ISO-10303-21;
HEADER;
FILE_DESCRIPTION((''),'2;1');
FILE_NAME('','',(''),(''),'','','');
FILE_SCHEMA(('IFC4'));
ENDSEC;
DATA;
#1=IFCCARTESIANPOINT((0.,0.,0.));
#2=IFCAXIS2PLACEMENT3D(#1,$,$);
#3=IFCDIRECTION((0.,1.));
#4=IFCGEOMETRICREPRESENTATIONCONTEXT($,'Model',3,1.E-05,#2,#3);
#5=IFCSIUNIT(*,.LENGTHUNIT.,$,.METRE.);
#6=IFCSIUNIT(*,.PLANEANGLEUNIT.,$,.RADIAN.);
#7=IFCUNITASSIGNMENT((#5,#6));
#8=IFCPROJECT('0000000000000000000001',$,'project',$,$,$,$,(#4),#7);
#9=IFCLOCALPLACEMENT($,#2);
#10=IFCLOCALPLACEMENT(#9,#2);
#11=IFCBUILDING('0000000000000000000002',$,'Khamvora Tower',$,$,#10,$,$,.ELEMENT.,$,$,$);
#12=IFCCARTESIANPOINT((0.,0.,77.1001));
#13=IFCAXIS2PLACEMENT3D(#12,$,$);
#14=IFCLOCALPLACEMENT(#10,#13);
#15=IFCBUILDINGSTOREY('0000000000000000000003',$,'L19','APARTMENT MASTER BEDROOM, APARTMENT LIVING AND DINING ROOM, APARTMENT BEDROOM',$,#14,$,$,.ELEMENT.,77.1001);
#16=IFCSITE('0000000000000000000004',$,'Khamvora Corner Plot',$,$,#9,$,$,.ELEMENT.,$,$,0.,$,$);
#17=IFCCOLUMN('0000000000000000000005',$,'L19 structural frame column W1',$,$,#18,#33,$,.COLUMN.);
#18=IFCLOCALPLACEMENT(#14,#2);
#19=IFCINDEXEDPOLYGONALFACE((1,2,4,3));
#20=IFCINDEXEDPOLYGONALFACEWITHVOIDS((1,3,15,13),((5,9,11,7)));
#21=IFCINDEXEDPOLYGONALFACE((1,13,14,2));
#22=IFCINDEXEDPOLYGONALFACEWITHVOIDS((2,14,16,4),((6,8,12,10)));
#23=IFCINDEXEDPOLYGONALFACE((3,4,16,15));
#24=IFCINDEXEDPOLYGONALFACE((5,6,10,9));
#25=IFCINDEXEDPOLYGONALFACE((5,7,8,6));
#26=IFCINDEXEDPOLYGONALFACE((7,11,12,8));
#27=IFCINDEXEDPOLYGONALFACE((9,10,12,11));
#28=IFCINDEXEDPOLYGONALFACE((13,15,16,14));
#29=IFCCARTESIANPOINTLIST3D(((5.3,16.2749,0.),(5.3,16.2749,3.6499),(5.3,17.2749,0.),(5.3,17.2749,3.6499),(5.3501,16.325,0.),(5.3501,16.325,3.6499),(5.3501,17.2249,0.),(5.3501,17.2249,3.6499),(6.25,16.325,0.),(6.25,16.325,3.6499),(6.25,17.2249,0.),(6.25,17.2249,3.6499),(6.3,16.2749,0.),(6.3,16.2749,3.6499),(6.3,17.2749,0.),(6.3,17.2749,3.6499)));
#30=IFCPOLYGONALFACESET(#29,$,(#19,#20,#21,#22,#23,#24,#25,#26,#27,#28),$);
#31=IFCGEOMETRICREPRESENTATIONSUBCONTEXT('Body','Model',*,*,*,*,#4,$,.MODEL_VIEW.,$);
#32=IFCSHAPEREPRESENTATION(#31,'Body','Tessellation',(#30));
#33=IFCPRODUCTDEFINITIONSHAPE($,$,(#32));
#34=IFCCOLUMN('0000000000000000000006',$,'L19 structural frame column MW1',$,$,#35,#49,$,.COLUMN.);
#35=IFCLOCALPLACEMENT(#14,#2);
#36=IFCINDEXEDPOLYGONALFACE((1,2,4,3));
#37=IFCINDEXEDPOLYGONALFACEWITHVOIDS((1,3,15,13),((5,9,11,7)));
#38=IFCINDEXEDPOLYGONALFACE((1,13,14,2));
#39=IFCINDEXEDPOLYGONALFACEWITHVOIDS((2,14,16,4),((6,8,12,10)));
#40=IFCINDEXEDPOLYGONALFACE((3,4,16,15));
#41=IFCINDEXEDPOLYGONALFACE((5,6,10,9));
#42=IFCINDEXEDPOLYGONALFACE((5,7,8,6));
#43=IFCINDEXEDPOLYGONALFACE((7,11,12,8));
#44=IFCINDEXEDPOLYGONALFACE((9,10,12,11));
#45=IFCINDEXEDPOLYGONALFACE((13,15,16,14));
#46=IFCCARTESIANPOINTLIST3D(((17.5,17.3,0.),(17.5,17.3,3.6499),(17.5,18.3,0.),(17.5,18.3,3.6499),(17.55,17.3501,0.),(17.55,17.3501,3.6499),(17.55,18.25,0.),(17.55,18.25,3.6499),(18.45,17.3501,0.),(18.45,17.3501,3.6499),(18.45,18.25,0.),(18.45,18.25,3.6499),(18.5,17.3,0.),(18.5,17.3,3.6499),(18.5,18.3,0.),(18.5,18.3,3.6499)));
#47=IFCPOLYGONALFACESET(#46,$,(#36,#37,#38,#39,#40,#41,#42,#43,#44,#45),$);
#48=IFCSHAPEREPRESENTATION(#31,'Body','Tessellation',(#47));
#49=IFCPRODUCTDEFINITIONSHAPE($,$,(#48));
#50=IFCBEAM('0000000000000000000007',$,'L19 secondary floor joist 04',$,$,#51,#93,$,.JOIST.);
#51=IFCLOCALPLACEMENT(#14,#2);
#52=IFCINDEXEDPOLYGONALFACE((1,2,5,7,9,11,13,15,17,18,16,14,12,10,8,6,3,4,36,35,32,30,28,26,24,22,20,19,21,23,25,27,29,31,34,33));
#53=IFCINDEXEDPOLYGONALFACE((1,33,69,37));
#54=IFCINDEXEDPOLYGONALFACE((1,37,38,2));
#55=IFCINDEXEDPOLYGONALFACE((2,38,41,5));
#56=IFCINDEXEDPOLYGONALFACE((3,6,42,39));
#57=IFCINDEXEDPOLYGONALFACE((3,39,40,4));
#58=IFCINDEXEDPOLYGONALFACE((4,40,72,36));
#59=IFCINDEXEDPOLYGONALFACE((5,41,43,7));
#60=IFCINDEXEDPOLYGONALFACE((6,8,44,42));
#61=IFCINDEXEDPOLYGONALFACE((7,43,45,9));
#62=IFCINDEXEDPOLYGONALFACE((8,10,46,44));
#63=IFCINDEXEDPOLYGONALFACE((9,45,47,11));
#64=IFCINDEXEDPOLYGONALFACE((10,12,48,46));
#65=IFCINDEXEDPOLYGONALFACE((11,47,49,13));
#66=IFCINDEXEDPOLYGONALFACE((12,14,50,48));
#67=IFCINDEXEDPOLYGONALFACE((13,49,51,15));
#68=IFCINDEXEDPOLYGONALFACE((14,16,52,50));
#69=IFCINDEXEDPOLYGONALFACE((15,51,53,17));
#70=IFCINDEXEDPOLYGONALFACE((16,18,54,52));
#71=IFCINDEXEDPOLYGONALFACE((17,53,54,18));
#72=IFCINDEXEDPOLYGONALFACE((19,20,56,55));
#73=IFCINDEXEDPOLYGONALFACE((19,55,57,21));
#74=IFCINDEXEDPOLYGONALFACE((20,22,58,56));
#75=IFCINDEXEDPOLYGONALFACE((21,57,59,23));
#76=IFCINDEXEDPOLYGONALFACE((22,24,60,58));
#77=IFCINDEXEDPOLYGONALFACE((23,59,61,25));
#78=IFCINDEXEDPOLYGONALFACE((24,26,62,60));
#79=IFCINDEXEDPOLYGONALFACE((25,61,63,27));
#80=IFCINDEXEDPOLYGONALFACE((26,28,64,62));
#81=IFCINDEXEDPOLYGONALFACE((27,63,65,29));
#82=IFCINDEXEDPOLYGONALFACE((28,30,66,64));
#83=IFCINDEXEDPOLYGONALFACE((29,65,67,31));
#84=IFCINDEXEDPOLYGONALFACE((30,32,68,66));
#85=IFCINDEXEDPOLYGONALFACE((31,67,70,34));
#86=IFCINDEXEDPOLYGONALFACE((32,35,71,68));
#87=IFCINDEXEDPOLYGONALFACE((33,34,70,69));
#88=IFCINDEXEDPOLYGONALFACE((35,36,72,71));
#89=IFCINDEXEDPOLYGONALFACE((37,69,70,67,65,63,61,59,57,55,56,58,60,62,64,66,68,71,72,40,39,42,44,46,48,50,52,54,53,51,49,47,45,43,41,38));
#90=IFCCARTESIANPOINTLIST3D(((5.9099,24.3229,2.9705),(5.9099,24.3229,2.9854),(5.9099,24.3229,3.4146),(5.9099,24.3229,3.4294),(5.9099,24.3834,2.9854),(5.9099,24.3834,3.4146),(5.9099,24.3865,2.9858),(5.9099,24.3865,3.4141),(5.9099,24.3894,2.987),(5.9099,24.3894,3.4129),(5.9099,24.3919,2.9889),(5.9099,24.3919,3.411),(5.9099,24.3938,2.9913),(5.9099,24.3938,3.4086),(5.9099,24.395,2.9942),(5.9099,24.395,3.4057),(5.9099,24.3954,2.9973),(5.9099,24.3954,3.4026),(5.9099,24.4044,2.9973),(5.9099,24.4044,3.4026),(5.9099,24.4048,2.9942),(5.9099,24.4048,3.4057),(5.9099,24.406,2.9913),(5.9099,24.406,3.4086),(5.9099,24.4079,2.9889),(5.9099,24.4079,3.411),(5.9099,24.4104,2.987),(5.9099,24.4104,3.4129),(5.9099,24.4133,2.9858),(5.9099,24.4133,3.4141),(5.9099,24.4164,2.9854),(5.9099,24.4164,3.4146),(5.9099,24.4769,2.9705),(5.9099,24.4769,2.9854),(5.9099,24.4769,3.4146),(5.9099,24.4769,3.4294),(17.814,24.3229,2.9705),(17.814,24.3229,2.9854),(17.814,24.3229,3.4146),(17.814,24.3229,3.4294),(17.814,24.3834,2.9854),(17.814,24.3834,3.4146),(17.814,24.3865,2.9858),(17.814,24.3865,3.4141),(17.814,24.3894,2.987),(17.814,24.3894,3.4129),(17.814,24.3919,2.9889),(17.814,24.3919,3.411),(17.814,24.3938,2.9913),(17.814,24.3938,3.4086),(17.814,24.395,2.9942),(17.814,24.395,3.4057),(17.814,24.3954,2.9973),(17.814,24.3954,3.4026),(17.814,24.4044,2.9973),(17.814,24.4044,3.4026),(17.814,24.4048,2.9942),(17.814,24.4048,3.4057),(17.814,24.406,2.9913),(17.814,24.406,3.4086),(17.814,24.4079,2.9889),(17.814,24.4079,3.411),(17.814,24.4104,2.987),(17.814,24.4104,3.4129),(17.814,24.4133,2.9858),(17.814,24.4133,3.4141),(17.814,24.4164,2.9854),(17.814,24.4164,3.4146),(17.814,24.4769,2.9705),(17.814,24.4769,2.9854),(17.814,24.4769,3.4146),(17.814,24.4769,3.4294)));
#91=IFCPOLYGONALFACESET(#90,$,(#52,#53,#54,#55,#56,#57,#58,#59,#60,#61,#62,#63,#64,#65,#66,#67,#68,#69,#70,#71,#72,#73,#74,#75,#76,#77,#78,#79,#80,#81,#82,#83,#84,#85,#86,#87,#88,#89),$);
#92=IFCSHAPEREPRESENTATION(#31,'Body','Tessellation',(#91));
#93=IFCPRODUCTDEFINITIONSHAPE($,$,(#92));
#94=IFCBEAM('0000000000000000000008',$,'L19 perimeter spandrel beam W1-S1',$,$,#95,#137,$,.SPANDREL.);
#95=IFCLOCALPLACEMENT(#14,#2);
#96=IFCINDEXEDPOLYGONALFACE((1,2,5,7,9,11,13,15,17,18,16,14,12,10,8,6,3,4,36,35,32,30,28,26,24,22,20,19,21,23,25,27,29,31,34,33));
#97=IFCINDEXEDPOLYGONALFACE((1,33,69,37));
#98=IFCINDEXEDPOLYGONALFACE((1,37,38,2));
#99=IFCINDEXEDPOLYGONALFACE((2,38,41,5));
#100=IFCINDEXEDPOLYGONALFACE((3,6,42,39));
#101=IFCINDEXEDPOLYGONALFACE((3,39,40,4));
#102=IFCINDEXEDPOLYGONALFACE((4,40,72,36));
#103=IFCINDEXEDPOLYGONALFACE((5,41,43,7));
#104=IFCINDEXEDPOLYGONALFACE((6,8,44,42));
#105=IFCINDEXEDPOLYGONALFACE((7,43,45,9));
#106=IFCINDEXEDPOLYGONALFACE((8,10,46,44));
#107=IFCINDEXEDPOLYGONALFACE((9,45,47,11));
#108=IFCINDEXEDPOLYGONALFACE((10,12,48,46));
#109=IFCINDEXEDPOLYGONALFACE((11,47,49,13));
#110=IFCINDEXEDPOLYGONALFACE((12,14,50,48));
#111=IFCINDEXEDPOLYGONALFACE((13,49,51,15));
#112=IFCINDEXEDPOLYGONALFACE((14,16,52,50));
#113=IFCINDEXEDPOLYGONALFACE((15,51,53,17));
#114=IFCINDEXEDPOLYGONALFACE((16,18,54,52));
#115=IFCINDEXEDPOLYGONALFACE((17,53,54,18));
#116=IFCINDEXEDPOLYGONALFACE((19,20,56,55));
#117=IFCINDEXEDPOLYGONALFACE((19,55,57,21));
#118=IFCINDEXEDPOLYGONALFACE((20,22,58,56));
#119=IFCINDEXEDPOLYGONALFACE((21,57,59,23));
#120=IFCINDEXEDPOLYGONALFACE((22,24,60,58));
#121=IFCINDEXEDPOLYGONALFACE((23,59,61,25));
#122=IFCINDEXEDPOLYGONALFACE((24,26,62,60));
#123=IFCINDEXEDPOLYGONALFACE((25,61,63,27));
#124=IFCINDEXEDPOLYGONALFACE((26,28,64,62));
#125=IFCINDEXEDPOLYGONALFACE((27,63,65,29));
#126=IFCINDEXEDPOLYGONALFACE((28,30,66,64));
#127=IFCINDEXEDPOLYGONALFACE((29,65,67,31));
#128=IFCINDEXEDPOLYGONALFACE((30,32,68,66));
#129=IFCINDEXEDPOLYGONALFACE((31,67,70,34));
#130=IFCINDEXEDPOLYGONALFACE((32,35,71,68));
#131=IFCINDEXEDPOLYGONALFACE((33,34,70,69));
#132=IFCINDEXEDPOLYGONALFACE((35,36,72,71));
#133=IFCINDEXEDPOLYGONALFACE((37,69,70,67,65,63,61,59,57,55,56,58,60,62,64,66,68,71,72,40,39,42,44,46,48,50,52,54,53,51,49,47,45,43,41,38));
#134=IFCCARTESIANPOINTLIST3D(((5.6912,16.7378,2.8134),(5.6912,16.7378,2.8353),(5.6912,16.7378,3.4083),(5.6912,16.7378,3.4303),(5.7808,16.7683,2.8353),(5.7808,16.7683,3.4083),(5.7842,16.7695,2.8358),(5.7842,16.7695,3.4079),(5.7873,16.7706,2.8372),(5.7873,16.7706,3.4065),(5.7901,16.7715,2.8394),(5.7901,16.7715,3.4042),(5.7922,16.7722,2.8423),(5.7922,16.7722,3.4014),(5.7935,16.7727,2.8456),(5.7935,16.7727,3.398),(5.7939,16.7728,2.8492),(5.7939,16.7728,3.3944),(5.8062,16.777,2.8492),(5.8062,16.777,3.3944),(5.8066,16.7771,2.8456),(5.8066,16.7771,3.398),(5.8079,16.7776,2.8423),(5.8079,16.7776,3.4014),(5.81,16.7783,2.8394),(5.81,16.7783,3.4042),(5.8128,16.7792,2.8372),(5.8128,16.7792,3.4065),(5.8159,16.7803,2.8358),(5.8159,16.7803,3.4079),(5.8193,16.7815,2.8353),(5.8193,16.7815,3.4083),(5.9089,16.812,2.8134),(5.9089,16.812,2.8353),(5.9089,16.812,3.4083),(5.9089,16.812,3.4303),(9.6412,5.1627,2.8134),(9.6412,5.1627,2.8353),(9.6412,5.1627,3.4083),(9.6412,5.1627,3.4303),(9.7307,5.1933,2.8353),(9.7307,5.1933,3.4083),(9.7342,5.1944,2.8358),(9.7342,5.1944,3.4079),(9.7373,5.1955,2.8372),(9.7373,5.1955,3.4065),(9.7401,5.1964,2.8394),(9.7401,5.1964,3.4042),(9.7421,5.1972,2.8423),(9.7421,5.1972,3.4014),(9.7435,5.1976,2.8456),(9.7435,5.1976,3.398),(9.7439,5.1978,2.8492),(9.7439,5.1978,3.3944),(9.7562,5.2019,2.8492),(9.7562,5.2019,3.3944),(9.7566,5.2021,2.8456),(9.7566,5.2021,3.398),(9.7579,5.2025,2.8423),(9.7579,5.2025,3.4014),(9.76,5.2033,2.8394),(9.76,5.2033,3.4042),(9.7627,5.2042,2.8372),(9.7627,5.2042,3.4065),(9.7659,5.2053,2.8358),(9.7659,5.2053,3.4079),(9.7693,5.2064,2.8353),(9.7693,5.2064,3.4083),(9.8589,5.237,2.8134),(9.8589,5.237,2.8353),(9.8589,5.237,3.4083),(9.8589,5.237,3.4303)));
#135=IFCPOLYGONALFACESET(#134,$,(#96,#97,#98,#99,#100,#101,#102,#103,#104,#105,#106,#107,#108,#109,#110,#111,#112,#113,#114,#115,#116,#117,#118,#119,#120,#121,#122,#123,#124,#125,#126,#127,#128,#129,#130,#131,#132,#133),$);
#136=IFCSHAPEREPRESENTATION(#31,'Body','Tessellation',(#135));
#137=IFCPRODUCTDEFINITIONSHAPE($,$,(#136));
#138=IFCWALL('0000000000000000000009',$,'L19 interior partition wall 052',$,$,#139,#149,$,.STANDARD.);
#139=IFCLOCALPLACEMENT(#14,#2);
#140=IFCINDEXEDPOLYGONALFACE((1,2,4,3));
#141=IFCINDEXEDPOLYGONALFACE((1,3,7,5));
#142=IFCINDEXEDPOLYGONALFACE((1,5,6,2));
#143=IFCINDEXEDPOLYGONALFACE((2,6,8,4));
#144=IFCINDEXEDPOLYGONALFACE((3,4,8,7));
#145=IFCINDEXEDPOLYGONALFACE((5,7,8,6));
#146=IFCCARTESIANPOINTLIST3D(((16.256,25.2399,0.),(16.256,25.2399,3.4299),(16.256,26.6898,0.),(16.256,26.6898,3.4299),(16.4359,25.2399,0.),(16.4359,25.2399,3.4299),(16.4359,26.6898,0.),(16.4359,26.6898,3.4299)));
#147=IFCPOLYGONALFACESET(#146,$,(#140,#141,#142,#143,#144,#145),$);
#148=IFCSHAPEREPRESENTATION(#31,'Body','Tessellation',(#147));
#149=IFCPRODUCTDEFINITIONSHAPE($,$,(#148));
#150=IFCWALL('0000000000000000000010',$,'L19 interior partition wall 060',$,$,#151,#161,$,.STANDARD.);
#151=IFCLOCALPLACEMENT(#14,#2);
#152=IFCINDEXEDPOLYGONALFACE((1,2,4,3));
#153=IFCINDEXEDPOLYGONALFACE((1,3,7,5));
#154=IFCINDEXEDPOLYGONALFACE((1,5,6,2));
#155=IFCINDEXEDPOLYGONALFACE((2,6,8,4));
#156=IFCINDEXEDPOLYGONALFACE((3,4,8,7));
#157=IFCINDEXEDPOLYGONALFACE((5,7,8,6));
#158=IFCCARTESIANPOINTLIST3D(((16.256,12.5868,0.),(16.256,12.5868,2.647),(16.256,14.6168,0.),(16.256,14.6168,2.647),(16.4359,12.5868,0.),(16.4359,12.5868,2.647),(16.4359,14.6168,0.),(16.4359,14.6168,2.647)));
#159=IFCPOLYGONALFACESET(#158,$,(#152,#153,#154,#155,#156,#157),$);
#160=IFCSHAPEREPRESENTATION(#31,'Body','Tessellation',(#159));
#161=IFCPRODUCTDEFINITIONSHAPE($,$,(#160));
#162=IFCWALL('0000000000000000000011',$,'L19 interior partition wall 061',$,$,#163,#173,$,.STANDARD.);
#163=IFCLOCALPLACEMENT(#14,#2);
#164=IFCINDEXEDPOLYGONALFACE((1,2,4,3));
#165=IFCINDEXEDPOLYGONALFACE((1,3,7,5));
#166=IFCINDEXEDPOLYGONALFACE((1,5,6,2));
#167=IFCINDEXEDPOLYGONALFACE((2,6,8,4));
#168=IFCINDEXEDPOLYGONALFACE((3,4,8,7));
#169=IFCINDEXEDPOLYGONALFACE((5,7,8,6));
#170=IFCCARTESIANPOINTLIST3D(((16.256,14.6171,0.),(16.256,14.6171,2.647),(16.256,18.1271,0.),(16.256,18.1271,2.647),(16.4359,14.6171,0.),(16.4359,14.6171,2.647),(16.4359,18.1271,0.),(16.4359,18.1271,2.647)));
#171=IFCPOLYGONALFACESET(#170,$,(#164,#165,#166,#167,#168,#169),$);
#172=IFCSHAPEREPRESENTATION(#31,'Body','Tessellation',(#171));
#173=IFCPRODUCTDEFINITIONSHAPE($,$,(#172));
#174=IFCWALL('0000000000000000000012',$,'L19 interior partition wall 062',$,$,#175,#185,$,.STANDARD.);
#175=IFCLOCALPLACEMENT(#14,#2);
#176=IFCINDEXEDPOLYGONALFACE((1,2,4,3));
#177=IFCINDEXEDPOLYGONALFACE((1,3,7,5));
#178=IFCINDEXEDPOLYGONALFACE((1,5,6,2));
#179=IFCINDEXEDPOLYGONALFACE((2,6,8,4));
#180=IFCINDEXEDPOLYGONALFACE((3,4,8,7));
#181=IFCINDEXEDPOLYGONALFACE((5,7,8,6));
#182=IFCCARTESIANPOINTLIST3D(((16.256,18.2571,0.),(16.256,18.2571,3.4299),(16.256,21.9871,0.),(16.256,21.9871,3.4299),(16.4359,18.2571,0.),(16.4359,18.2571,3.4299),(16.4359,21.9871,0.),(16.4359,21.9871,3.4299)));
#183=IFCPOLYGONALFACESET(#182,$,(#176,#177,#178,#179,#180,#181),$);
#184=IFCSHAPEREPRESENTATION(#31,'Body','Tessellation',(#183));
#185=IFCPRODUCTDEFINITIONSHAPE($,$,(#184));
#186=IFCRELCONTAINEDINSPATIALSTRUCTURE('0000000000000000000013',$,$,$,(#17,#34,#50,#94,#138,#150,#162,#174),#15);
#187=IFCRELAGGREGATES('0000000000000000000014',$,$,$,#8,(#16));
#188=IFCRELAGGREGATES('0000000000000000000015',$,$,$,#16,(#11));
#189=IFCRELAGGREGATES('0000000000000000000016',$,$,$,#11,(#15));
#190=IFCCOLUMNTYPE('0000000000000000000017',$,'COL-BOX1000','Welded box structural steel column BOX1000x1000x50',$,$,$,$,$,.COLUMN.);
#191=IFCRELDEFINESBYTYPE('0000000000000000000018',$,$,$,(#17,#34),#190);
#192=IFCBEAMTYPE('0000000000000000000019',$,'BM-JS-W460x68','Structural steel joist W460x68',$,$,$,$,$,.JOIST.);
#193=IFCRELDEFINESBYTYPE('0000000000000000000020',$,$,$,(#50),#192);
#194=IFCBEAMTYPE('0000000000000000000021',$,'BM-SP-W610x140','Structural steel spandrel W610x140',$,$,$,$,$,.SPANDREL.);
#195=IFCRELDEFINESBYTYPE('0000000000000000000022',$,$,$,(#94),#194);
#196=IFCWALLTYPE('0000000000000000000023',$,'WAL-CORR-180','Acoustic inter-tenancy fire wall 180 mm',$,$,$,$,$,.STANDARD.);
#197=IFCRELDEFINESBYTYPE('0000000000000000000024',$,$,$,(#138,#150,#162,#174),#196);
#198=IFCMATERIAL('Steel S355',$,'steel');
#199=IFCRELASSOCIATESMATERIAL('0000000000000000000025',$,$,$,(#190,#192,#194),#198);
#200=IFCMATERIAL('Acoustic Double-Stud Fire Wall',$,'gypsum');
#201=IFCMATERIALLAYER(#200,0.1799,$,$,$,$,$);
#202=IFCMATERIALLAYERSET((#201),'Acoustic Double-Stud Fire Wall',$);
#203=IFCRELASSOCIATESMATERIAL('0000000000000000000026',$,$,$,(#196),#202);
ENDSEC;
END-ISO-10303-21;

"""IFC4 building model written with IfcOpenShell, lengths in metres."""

from ifc_helpers import new_model, si_unit, direction, frame, frame_2d, origin, origin_2d, place, context, subcontext, project, spatial, rectangle, hollow_rectangle, i_section, extrude, material, layer, layer_set, material_profile, profile_set, type_object, element, save


model = new_model("IFC4")

# Units and contexts
model_context = context("Model", 3, precision=1e-05, world=origin(), true_north=direction((0.0, 1.0)))
body_context = subcontext(model_context, "Body", "Model", "MODEL_VIEW")
ifc_project = project(units=[si_unit("LENGTHUNIT", "METRE"), si_unit("PLANEANGLEUNIT", "RADIAN")], contexts=[model_context])

# Site, building, storey
site_placement = place(None, origin())
site = spatial("IfcSite", under=ifc_project, at=site_placement, Name="Khamvora Corner Plot", CompositionType="ELEMENT", RefElevation=0.0)
building_placement = place(site_placement, origin())
building = spatial("IfcBuilding", under=site, at=building_placement, Name="Khamvora Tower", CompositionType="ELEMENT")
storey_placement = place(building_placement, frame((0.0, 0.0, 77.1001)))
storey = spatial("IfcBuildingStorey", under=building, at=storey_placement, Name="L19", Description="APARTMENT MASTER BEDROOM, APARTMENT LIVING AND DINING ROOM, APARTMENT BEDROOM", CompositionType="ELEMENT", Elevation=77.1001)

# Columns
ifc_material_1 = material(Name="Steel S355", Category="steel")
ifc_material_profile_1 = material_profile(ifc_material_1, hollow_rectangle(XDim=1.0, YDim=1.0, WallThickness=0.05, at=origin_2d()), Name="BOX1000x1000x50")
ifc_profile_set_1 = profile_set([ifc_material_profile_1], Name="Steel S355")
column_type = type_object("IfcColumnType", Name="COL-BOX1000", Description="Welded box structural steel column BOX1000x1000x50", PredefinedType="COLUMN", material=ifc_profile_set_1)
for number, where, z_axis, x_axis, name in (
    (1, (5.8, 16.7749, 0.0), (0.0, 0.0, 1.0), (1.0, 0.0, 0.0), "L19 structural frame column W1"),
    (2, (18.0, 17.8, 0.0), (0.0, 0.0, 1.0), (1.0, 0.0, 0.0), "L19 structural frame column MW1"),
):
    element("IfcColumn", number, at=place(storey_placement, frame(where, z_axis=z_axis, x_axis=x_axis)), inside=storey, type_object=column_type, Name=name, PredefinedType="COLUMN", context=body_context, shape_type="SweptSolid", body=[
        extrude(hollow_rectangle(XDim=1.0, YDim=1.0, WallThickness=0.05, at=origin_2d()), origin(), (0.0, 0.0, 1.0), 3.6499),
    ])

# Beams
ifc_material_profile_2 = material_profile(ifc_material_1, i_section(OverallWidth=0.1541, OverallDepth=0.459, WebThickness=0.009, FlangeThickness=0.0149, FilletRadius=0.012, at=origin_2d()), Name="W460x68")
ifc_profile_set_2 = profile_set([ifc_material_profile_2], Name="Steel S355")
beam_type_1 = type_object("IfcBeamType", Name="BM-JS-W460x68", Description="Structural steel joist W460x68", PredefinedType="JOIST", material=ifc_profile_set_2)
beam_1_placement = place(storey_placement, frame((5.9099, 24.3999, 3.2), z_axis=(1.0, 0.0, 0.0), x_axis=(0.0, 1.0, 0.0)))
element("IfcBeam", 3, at=beam_1_placement, inside=storey, type_object=beam_type_1, Name="L19 secondary floor joist 04", PredefinedType="JOIST", context=body_context, shape_type="SweptSolid", body=[
    extrude(i_section(OverallWidth=0.1541, OverallDepth=0.459, WebThickness=0.009, FlangeThickness=0.0149, FilletRadius=0.012, at=origin_2d()), origin(), (0.0, 0.0, 1.0), 11.9041),
])
ifc_material_profile_3 = material_profile(ifc_material_1, i_section(OverallWidth=0.23, OverallDepth=0.6169, WebThickness=0.0129, FlangeThickness=0.022, FilletRadius=0.0139, at=origin_2d()), Name="W610x140")
ifc_profile_set_3 = profile_set([ifc_material_profile_3], Name="Steel S355")
beam_type_2 = type_object("IfcBeamType", Name="BM-SP-W610x140", Description="Structural steel spandrel W610x140", PredefinedType="SPANDREL", material=ifc_profile_set_3)
beam_2_placement = place(storey_placement, frame((5.8, 16.7749, 3.1218), z_axis=(0.322963, -0.946412, 0.0), x_axis=(0.946412, 0.322963, 0.0)))
element("IfcBeam", 4, at=beam_2_placement, inside=storey, type_object=beam_type_2, Name="L19 perimeter spandrel beam W1-S1", PredefinedType="SPANDREL", context=body_context, shape_type="SweptSolid", body=[
    extrude(i_section(OverallWidth=0.23, OverallDepth=0.6169, WebThickness=0.0129, FlangeThickness=0.022, FilletRadius=0.0139, at=origin_2d()), origin(), (0.0, 0.0, 1.0), 12.2305),
])

# Walls
ifc_material_2 = material(Name="Acoustic Double-Stud Fire Wall", Category="gypsum")
ifc_layer_1 = layer(ifc_material_2, 0.1799)
ifc_layer_set_1 = layer_set([ifc_layer_1], Name="Acoustic Double-Stud Fire Wall")
wall_type_1 = type_object("IfcWallType", Name="WAL-CORR-180", Description="Acoustic inter-tenancy fire wall 180 mm", PredefinedType="STANDARD", material=ifc_layer_set_1)
wall_1_placement = place(storey_placement, frame((16.3459, 26.6899, 0.0), z_axis=(0.0, 0.0, 1.0), x_axis=(0.0, -1.0, 0.0)))
element("IfcWall", 5, at=wall_1_placement, inside=storey, type_object=wall_type_1, Name="L19 interior partition wall 052", PredefinedType="STANDARD", context=body_context, shape_type="SweptSolid", body=[
    extrude(rectangle(XDim=1.45, YDim=0.1799, at=frame_2d((0.7251, 0.0))), origin(), (0.0, 0.0, 1.0), 3.4299),
])
wall_2_placement = place(storey_placement, frame((16.3459, 14.6169, 0.0), z_axis=(0.0, 0.0, 1.0), x_axis=(0.0, -1.0, 0.0)))
element("IfcWall", 6, at=wall_2_placement, inside=storey, type_object=wall_type_1, Name="L19 interior partition wall 060", PredefinedType="STANDARD", context=body_context, shape_type="SweptSolid", body=[
    extrude(rectangle(XDim=2.03, YDim=0.1799, at=frame_2d((1.0151, 0.0))), origin(), (0.0, 0.0, 1.0), 2.647),
])
wall_3_placement = place(storey_placement, frame((16.3459, 18.127, 0.0), z_axis=(0.0, 0.0, 1.0), x_axis=(0.0, -1.0, 0.0)))
element("IfcWall", 7, at=wall_3_placement, inside=storey, type_object=wall_type_1, Name="L19 interior partition wall 061", PredefinedType="STANDARD", context=body_context, shape_type="SweptSolid", body=[
    extrude(rectangle(XDim=3.51, YDim=0.1799, at=frame_2d((1.7549, 0.0))), origin(), (0.0, 0.0, 1.0), 2.647),
])
wall_4_placement = place(storey_placement, frame((16.3459, 21.9871, 0.0), z_axis=(0.0, 0.0, 1.0), x_axis=(0.0, -1.0, 0.0)))
element("IfcWall", 8, at=wall_4_placement, inside=storey, type_object=wall_type_1, Name="L19 interior partition wall 062", PredefinedType="STANDARD", context=body_context, shape_type="SweptSolid", body=[
    extrude(rectangle(XDim=3.73, YDim=0.1799, at=frame_2d((1.865, 0.0))), origin(), (0.0, 0.0, 1.0), 3.4299),
])

save(model, "model.ifc")
